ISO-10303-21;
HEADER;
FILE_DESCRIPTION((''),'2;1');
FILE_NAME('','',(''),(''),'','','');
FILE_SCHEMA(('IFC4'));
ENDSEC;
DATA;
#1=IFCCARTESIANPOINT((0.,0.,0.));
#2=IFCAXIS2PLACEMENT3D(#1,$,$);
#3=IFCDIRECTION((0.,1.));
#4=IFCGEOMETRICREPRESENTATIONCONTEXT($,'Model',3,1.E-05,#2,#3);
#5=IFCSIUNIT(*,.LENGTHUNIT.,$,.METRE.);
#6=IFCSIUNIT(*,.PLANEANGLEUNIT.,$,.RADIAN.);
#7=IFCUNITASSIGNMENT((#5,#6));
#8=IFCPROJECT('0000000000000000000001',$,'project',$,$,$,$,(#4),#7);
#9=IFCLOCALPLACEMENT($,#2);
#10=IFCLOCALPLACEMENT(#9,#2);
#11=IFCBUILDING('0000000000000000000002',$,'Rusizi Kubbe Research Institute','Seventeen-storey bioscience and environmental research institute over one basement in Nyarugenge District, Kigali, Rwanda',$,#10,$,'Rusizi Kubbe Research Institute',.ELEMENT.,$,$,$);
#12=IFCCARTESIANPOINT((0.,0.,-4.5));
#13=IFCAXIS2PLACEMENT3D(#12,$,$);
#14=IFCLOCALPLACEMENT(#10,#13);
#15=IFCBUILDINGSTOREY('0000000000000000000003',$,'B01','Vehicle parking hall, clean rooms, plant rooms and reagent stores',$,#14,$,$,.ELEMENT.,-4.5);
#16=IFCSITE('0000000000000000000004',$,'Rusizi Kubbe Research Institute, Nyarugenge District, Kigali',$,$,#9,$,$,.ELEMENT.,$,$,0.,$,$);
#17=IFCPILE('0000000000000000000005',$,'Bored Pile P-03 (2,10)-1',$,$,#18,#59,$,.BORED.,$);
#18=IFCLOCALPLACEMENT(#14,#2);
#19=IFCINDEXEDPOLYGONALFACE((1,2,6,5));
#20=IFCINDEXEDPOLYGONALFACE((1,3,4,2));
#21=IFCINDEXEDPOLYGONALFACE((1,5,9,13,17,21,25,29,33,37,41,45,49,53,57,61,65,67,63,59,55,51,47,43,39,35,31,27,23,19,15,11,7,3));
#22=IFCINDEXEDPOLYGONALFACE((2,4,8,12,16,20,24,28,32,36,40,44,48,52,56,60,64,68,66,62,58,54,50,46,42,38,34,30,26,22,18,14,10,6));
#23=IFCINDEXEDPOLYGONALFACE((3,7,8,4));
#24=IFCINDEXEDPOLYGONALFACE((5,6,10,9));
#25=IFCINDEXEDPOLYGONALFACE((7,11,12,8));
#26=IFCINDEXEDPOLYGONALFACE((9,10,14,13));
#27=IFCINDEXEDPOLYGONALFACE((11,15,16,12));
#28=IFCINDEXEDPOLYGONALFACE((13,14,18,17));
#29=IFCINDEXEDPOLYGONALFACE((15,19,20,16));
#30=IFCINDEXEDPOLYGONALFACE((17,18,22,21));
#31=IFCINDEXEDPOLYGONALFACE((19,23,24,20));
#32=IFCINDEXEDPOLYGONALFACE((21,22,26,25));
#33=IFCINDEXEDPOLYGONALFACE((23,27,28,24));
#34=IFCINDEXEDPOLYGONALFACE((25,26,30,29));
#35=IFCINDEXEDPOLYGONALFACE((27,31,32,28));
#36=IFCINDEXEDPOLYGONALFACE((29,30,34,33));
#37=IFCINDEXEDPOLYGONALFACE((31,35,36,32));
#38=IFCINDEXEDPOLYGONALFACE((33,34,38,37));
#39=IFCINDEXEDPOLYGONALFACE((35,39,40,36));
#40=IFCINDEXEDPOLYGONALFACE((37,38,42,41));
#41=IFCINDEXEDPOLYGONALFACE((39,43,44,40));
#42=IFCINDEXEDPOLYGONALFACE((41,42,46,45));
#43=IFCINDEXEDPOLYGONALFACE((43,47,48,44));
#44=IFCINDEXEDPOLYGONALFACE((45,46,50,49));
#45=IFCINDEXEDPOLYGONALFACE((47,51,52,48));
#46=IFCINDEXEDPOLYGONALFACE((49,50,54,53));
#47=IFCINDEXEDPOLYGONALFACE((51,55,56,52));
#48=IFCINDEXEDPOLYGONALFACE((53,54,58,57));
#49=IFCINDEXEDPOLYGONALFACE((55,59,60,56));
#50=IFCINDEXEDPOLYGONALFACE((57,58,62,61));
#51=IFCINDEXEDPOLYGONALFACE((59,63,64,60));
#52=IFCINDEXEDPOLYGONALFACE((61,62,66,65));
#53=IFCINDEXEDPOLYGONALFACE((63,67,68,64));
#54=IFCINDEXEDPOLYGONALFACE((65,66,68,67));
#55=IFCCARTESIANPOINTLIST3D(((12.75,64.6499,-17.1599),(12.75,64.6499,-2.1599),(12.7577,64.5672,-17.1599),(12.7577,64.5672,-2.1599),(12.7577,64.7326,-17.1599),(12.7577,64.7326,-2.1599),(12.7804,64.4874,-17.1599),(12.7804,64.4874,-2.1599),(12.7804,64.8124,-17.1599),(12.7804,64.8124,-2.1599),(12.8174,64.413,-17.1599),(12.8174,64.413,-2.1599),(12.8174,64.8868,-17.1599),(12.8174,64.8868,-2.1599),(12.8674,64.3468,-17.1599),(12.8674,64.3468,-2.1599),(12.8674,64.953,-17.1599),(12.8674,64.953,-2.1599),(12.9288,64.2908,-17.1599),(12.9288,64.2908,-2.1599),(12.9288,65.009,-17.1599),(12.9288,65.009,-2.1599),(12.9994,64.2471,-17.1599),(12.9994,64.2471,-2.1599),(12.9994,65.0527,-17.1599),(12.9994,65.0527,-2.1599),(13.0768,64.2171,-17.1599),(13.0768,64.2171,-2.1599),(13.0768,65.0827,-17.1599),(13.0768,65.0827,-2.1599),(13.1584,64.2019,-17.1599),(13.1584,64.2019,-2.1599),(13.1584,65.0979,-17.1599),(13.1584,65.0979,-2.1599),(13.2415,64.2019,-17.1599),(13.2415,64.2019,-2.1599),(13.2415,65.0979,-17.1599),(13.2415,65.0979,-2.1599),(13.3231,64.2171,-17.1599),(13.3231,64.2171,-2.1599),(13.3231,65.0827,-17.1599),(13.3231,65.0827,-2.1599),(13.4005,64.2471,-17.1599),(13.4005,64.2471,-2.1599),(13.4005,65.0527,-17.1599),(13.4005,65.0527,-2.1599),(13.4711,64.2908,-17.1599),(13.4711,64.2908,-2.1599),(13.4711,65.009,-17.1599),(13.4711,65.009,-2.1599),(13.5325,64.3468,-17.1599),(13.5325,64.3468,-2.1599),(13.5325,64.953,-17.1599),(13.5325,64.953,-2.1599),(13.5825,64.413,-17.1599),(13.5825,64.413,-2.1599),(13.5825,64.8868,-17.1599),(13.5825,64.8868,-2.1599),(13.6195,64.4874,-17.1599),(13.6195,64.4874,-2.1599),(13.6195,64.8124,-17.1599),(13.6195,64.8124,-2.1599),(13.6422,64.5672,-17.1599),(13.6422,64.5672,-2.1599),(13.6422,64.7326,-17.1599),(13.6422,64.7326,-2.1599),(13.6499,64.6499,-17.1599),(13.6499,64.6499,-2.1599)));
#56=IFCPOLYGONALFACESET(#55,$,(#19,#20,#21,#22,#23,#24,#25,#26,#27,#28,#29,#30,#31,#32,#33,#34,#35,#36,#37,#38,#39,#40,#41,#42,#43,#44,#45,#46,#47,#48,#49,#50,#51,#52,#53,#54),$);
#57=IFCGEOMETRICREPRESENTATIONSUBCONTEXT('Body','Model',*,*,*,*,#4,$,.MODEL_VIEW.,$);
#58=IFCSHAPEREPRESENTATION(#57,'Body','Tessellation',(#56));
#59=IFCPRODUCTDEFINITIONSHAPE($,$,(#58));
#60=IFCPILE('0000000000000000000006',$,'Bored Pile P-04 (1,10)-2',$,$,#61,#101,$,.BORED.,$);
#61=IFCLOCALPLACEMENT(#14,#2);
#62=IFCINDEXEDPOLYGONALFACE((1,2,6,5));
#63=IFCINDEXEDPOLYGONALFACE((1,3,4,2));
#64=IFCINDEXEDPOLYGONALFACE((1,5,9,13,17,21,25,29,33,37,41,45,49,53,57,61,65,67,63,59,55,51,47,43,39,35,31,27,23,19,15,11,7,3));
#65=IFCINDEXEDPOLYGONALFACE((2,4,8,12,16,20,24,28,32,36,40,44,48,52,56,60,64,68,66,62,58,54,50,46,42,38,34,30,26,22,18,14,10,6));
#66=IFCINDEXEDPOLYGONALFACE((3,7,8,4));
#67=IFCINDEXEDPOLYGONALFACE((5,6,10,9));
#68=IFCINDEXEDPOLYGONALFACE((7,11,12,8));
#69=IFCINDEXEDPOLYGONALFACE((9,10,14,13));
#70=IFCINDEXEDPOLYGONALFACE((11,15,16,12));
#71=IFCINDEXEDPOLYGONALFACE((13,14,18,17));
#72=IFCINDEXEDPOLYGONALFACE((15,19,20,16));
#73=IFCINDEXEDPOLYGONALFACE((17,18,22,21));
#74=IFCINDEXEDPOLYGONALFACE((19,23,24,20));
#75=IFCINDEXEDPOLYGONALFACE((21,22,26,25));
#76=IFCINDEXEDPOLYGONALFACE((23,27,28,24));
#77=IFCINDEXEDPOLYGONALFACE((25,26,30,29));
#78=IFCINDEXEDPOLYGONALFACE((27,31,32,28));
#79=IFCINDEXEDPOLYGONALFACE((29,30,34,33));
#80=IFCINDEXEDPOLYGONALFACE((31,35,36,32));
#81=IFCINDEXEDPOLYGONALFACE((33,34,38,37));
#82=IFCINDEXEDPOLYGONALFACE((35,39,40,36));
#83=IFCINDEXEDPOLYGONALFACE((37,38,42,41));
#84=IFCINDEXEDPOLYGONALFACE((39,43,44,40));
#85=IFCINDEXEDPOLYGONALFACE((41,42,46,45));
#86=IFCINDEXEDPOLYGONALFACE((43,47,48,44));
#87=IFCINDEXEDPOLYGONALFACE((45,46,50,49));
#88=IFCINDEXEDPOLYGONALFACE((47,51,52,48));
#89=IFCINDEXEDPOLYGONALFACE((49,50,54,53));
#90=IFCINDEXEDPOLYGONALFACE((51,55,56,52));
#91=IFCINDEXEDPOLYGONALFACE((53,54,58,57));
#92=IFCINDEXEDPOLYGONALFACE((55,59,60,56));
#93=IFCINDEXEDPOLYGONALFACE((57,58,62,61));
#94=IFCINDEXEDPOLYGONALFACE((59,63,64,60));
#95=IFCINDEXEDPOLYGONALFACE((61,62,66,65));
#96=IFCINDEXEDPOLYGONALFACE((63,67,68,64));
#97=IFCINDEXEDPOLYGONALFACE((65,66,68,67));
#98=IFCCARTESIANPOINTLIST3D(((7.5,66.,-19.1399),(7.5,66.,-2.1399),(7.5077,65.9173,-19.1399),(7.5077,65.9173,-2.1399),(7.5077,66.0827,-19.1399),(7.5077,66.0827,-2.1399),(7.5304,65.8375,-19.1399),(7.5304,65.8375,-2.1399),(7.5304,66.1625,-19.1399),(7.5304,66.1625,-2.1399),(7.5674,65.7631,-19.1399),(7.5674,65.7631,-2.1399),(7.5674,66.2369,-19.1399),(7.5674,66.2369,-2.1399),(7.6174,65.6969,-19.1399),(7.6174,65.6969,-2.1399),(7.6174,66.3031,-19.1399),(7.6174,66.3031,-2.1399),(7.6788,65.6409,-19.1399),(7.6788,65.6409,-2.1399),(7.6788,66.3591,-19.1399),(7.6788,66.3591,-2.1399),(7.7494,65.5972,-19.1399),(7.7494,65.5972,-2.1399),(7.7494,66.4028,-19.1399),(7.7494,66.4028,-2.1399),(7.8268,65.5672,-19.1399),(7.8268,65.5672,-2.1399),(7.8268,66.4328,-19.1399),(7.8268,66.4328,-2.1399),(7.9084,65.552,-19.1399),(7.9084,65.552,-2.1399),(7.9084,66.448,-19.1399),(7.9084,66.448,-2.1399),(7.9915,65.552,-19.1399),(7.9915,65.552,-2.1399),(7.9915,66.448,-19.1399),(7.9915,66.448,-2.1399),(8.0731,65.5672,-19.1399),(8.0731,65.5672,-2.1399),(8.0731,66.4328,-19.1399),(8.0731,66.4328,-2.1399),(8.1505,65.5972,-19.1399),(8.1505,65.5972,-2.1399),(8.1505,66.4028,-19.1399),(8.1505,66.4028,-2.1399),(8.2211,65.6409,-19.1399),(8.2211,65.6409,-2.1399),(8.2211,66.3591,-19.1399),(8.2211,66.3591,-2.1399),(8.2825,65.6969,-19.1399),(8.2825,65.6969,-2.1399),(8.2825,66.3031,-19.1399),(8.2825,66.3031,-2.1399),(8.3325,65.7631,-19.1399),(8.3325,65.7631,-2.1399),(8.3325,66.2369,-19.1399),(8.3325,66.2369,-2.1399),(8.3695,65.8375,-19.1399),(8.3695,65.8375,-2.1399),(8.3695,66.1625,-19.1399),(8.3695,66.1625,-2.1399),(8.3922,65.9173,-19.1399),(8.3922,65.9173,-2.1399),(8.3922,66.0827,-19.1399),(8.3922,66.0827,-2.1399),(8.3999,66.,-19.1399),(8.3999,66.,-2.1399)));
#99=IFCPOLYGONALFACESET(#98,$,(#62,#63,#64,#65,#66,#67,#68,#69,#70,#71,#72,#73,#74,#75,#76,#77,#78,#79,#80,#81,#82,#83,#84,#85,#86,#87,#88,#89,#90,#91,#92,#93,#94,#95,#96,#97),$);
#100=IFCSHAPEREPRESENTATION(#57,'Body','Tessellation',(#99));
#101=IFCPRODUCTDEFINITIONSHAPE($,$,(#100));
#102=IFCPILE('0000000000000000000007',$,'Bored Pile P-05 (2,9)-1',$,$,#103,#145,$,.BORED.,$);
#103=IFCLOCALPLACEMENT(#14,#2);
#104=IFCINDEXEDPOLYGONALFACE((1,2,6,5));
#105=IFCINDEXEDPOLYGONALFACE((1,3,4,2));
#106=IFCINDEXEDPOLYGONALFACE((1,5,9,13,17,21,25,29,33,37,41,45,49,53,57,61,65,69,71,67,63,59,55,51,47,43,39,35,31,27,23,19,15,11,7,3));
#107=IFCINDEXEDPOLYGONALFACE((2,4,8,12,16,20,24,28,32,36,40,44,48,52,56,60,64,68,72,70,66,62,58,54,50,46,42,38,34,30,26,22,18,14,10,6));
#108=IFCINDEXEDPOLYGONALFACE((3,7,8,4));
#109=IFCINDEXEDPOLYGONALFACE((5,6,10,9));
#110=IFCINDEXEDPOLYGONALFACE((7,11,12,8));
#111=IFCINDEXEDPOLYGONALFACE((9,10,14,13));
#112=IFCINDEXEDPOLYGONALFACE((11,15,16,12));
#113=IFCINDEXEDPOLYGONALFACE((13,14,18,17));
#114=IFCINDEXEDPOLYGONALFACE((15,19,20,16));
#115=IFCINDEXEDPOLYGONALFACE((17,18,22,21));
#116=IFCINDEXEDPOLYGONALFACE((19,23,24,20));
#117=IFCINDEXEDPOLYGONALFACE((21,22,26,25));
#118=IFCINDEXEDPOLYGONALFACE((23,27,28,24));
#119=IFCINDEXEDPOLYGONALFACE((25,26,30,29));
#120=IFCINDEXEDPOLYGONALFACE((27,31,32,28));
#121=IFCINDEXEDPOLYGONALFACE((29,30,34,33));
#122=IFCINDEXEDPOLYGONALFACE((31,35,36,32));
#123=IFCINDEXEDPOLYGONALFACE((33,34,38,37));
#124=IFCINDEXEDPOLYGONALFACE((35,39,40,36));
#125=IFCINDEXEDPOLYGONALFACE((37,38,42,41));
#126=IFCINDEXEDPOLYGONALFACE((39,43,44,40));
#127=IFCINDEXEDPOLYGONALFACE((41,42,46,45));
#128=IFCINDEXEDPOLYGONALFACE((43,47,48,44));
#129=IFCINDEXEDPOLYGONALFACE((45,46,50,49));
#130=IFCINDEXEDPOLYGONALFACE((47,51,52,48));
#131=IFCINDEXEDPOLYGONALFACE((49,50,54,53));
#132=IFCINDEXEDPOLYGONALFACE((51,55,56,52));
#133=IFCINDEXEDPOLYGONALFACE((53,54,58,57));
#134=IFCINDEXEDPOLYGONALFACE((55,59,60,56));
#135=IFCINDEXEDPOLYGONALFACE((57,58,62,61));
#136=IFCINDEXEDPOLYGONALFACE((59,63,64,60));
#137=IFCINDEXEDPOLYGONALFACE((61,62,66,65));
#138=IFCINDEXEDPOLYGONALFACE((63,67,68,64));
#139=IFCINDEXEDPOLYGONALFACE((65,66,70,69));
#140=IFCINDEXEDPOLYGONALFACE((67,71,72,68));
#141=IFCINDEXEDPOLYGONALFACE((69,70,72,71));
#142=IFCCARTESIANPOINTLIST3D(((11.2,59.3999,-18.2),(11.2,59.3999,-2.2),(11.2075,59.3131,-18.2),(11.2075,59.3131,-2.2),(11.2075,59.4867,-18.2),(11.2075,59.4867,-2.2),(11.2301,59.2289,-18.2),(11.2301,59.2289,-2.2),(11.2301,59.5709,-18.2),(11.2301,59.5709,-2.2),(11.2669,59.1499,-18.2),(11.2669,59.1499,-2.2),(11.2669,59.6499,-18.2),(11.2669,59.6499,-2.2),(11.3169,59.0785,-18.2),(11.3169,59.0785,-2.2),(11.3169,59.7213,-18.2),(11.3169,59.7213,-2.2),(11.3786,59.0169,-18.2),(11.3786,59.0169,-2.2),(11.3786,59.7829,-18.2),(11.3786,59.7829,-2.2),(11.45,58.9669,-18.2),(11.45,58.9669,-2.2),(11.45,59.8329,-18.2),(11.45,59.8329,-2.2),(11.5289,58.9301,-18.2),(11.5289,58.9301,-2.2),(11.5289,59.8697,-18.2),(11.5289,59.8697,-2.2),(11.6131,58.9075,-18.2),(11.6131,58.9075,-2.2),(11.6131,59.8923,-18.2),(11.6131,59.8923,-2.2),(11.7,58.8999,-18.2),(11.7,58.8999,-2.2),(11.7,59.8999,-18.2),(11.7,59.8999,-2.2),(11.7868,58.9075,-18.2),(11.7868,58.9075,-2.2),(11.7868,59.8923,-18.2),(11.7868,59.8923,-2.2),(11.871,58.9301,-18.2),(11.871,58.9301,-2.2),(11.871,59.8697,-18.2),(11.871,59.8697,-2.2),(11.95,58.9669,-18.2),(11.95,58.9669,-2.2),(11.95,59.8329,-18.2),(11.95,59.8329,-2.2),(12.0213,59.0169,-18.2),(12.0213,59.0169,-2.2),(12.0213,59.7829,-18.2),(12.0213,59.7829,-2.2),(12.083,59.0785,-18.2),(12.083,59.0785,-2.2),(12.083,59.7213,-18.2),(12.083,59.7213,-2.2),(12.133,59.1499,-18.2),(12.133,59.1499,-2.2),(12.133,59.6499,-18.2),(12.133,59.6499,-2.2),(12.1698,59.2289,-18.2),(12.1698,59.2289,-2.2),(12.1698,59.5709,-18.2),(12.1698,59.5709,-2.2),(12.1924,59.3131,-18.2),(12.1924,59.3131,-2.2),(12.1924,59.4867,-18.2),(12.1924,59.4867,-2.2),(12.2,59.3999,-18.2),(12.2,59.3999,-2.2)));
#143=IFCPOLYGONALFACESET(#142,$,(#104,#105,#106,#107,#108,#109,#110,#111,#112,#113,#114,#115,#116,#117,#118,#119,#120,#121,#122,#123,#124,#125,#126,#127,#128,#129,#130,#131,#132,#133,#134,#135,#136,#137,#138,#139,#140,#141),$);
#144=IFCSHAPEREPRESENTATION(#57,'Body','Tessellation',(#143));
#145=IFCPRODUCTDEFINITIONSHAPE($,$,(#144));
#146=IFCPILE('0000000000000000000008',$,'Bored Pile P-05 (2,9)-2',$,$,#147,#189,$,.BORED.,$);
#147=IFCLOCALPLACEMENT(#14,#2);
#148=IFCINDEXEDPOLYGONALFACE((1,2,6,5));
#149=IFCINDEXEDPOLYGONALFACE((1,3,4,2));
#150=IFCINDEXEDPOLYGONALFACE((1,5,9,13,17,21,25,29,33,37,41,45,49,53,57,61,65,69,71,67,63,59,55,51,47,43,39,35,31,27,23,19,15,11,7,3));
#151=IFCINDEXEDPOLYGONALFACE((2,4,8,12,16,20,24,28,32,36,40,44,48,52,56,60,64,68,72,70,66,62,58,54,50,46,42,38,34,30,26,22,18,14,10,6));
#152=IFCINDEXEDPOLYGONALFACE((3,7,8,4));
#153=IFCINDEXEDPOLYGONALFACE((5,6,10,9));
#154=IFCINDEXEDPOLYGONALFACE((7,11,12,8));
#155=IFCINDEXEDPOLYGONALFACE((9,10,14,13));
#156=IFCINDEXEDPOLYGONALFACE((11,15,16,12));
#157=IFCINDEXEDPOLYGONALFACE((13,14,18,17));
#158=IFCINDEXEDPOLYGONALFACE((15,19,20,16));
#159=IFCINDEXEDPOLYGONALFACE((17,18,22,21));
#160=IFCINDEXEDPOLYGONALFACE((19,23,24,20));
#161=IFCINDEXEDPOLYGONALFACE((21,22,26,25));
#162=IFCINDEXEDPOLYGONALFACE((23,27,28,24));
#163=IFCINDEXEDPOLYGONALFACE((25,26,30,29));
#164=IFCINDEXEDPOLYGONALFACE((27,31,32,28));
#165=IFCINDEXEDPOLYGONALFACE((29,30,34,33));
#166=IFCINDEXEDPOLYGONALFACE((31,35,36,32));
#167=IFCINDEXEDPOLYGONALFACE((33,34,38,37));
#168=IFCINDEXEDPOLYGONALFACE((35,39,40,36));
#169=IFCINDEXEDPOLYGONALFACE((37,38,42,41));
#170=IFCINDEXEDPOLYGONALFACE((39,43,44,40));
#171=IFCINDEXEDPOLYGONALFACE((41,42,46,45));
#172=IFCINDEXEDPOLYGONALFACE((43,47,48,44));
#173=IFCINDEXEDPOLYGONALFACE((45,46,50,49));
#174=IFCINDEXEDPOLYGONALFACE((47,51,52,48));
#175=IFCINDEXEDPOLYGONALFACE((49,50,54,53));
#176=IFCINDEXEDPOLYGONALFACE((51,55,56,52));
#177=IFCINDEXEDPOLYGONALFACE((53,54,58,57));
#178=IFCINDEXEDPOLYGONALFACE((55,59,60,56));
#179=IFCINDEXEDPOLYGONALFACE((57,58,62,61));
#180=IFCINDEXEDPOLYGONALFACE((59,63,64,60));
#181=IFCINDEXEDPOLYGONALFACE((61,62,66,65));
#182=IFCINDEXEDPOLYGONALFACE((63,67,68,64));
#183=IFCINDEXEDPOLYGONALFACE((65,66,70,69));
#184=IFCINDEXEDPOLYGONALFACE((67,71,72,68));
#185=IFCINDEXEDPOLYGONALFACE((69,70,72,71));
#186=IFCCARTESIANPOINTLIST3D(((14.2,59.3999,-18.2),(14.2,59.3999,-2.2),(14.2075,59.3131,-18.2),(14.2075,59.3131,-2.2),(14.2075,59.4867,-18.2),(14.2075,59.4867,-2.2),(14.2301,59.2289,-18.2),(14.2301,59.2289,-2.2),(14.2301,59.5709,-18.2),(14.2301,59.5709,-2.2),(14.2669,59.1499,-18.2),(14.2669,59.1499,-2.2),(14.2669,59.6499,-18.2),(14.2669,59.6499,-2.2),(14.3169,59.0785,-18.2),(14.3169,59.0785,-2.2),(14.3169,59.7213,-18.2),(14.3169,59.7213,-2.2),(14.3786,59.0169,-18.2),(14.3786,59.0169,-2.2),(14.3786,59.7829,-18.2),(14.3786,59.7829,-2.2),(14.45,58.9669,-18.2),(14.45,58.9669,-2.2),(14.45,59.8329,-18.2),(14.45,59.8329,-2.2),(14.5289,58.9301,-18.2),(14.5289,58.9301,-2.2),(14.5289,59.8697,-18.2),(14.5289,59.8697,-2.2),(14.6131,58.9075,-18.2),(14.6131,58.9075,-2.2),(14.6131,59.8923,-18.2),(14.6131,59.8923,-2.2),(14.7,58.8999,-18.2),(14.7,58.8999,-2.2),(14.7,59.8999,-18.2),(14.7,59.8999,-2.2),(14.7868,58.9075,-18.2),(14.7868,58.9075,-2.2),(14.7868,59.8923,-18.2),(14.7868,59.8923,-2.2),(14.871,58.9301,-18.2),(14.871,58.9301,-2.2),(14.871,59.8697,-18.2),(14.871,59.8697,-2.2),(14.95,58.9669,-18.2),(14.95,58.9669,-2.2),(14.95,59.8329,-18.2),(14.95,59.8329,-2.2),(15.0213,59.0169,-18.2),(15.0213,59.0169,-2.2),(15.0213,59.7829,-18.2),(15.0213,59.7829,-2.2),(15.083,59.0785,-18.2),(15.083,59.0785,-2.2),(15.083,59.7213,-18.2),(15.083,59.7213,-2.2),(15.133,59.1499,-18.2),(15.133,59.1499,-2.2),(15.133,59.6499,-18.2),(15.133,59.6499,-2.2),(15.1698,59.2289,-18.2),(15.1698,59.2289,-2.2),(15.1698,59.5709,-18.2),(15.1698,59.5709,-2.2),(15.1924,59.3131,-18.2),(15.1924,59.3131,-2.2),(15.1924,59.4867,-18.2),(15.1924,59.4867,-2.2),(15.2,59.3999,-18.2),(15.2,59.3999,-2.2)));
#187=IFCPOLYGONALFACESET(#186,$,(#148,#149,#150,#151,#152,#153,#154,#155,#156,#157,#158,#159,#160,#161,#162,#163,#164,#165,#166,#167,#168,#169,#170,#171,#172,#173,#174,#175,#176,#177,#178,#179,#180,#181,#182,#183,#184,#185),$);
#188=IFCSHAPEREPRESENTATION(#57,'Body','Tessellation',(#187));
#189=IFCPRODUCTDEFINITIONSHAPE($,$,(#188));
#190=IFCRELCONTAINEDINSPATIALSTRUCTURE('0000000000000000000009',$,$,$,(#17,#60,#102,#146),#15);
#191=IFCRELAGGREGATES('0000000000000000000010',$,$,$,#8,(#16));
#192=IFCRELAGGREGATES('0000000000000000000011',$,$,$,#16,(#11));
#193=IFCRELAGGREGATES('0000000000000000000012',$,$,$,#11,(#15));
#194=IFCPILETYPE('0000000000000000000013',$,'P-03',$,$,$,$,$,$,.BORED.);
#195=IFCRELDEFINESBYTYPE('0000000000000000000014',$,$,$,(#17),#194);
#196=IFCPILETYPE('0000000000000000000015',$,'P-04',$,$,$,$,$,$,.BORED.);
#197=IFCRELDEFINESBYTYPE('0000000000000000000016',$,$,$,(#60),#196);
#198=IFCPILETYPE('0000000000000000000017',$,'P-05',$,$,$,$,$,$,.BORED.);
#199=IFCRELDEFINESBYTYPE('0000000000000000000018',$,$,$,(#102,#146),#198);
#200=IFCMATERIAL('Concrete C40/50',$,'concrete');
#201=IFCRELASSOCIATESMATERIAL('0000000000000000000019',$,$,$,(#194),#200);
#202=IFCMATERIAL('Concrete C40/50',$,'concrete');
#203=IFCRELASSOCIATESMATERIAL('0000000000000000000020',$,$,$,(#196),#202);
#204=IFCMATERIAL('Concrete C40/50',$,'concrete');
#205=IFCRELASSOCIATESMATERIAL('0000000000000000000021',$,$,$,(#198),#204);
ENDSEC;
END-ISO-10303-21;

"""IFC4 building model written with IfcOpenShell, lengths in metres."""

from ifc_helpers import new_model, si_unit, direction, frame, origin, origin_2d, place, context, subcontext, project, spatial, circle, extrude, material, material_profile, profile_set, type_object, element, save


model = new_model("IFC4")

# Units and contexts
model_context = context("Model", 3, precision=1e-05, world=origin(), true_north=direction((0.0, 1.0)))
body_context = subcontext(model_context, "Body", "Model", "MODEL_VIEW")
ifc_project = project(units=[si_unit("LENGTHUNIT", "METRE"), si_unit("PLANEANGLEUNIT", "RADIAN")], contexts=[model_context])

# Site, building, storey
site_placement = place(None, origin())
site = spatial("IfcSite", under=ifc_project, at=site_placement, Name="Rusizi Kubbe Research Institute, Nyarugenge District, Kigali", CompositionType="ELEMENT", RefElevation=0.0)
building_placement = place(site_placement, origin())
building = spatial("IfcBuilding", under=site, at=building_placement, Name="Rusizi Kubbe Research Institute", Description="Seventeen-storey bioscience and environmental research institute over one basement in Nyarugenge District, Kigali, Rwanda", LongName="Rusizi Kubbe Research Institute", CompositionType="ELEMENT")
storey_placement = place(building_placement, frame((0.0, 0.0, -4.5)))
storey = spatial("IfcBuildingStorey", under=building, at=storey_placement, Name="B01", Description="Vehicle parking hall, clean rooms, plant rooms and reagent stores", CompositionType="ELEMENT", Elevation=-4.5)

# Piles
ifc_material_1 = material(Name="Concrete C40/50", Category="concrete")
ifc_material_profile_1 = material_profile(ifc_material_1, circle(Radius=0.45, at=origin_2d()), Name="PILE-D900")
ifc_profile_set_1 = profile_set([ifc_material_profile_1], Name="Concrete C40/50")
pile_type_1 = type_object("IfcPileType", Name="P-03", PredefinedType="BORED", material=ifc_profile_set_1)
for number, where, z_axis, x_axis, name in (
    (1, (13.2, 64.6499, -2.1599), (0.0, 0.0, -1.0), (1.0, 0.0, 0.0), "Bored Pile P-03 (2,10)-1"),
):
    element("IfcPile", number, at=place(storey_placement, frame(where, z_axis=z_axis, x_axis=x_axis)), inside=storey, type_object=pile_type_1, Name=name, PredefinedType="BORED", context=body_context, shape_type="SweptSolid", body=[
        extrude(circle(Radius=0.45, at=origin_2d()), origin(), (0.0, 0.0, 1.0), 15.0),
    ])
ifc_material_2 = material(Name="Concrete C40/50", Category="concrete")
ifc_material_profile_2 = material_profile(ifc_material_2, circle(Radius=0.45, at=origin_2d()), Name="PILE-D900")
ifc_profile_set_2 = profile_set([ifc_material_profile_2], Name="Concrete C40/50")
pile_type_2 = type_object("IfcPileType", Name="P-04", PredefinedType="BORED", material=ifc_profile_set_2)
pile_placement = place(storey_placement, frame((7.95, 66.0, -2.1399), z_axis=(0.0, 0.0, -1.0), x_axis=(1.0, 0.0, 0.0)))
element("IfcPile", 2, at=pile_placement, inside=storey, type_object=pile_type_2, Name="Bored Pile P-04 (1,10)-2", PredefinedType="BORED", context=body_context, shape_type="SweptSolid", body=[
    extrude(circle(Radius=0.45, at=origin_2d()), origin(), (0.0, 0.0, 1.0), 17.0),
])
ifc_material_3 = material(Name="Concrete C40/50", Category="concrete")
ifc_material_profile_3 = material_profile(ifc_material_3, circle(Radius=0.5, at=origin_2d()), Name="PILE-D1000")
ifc_profile_set_3 = profile_set([ifc_material_profile_3], Name="Concrete C40/50")
pile_type_3 = type_object("IfcPileType", Name="P-05", PredefinedType="BORED", material=ifc_profile_set_3)
for number, where, z_axis, x_axis, name in (
    (3, (11.7, 59.3999, -2.2), (0.0, 0.0, -1.0), (1.0, 0.0, 0.0), "Bored Pile P-05 (2,9)-1"),
    (4, (14.7, 59.3999, -2.2), (0.0, 0.0, -1.0), (1.0, 0.0, 0.0), "Bored Pile P-05 (2,9)-2"),
):
    element("IfcPile", number, at=place(storey_placement, frame(where, z_axis=z_axis, x_axis=x_axis)), inside=storey, type_object=pile_type_3, Name=name, PredefinedType="BORED", context=body_context, shape_type="SweptSolid", body=[
        extrude(circle(Radius=0.5, at=origin_2d()), origin(), (0.0, 0.0, 1.0), 16.0),
    ])

save(model, "model.ifc")
